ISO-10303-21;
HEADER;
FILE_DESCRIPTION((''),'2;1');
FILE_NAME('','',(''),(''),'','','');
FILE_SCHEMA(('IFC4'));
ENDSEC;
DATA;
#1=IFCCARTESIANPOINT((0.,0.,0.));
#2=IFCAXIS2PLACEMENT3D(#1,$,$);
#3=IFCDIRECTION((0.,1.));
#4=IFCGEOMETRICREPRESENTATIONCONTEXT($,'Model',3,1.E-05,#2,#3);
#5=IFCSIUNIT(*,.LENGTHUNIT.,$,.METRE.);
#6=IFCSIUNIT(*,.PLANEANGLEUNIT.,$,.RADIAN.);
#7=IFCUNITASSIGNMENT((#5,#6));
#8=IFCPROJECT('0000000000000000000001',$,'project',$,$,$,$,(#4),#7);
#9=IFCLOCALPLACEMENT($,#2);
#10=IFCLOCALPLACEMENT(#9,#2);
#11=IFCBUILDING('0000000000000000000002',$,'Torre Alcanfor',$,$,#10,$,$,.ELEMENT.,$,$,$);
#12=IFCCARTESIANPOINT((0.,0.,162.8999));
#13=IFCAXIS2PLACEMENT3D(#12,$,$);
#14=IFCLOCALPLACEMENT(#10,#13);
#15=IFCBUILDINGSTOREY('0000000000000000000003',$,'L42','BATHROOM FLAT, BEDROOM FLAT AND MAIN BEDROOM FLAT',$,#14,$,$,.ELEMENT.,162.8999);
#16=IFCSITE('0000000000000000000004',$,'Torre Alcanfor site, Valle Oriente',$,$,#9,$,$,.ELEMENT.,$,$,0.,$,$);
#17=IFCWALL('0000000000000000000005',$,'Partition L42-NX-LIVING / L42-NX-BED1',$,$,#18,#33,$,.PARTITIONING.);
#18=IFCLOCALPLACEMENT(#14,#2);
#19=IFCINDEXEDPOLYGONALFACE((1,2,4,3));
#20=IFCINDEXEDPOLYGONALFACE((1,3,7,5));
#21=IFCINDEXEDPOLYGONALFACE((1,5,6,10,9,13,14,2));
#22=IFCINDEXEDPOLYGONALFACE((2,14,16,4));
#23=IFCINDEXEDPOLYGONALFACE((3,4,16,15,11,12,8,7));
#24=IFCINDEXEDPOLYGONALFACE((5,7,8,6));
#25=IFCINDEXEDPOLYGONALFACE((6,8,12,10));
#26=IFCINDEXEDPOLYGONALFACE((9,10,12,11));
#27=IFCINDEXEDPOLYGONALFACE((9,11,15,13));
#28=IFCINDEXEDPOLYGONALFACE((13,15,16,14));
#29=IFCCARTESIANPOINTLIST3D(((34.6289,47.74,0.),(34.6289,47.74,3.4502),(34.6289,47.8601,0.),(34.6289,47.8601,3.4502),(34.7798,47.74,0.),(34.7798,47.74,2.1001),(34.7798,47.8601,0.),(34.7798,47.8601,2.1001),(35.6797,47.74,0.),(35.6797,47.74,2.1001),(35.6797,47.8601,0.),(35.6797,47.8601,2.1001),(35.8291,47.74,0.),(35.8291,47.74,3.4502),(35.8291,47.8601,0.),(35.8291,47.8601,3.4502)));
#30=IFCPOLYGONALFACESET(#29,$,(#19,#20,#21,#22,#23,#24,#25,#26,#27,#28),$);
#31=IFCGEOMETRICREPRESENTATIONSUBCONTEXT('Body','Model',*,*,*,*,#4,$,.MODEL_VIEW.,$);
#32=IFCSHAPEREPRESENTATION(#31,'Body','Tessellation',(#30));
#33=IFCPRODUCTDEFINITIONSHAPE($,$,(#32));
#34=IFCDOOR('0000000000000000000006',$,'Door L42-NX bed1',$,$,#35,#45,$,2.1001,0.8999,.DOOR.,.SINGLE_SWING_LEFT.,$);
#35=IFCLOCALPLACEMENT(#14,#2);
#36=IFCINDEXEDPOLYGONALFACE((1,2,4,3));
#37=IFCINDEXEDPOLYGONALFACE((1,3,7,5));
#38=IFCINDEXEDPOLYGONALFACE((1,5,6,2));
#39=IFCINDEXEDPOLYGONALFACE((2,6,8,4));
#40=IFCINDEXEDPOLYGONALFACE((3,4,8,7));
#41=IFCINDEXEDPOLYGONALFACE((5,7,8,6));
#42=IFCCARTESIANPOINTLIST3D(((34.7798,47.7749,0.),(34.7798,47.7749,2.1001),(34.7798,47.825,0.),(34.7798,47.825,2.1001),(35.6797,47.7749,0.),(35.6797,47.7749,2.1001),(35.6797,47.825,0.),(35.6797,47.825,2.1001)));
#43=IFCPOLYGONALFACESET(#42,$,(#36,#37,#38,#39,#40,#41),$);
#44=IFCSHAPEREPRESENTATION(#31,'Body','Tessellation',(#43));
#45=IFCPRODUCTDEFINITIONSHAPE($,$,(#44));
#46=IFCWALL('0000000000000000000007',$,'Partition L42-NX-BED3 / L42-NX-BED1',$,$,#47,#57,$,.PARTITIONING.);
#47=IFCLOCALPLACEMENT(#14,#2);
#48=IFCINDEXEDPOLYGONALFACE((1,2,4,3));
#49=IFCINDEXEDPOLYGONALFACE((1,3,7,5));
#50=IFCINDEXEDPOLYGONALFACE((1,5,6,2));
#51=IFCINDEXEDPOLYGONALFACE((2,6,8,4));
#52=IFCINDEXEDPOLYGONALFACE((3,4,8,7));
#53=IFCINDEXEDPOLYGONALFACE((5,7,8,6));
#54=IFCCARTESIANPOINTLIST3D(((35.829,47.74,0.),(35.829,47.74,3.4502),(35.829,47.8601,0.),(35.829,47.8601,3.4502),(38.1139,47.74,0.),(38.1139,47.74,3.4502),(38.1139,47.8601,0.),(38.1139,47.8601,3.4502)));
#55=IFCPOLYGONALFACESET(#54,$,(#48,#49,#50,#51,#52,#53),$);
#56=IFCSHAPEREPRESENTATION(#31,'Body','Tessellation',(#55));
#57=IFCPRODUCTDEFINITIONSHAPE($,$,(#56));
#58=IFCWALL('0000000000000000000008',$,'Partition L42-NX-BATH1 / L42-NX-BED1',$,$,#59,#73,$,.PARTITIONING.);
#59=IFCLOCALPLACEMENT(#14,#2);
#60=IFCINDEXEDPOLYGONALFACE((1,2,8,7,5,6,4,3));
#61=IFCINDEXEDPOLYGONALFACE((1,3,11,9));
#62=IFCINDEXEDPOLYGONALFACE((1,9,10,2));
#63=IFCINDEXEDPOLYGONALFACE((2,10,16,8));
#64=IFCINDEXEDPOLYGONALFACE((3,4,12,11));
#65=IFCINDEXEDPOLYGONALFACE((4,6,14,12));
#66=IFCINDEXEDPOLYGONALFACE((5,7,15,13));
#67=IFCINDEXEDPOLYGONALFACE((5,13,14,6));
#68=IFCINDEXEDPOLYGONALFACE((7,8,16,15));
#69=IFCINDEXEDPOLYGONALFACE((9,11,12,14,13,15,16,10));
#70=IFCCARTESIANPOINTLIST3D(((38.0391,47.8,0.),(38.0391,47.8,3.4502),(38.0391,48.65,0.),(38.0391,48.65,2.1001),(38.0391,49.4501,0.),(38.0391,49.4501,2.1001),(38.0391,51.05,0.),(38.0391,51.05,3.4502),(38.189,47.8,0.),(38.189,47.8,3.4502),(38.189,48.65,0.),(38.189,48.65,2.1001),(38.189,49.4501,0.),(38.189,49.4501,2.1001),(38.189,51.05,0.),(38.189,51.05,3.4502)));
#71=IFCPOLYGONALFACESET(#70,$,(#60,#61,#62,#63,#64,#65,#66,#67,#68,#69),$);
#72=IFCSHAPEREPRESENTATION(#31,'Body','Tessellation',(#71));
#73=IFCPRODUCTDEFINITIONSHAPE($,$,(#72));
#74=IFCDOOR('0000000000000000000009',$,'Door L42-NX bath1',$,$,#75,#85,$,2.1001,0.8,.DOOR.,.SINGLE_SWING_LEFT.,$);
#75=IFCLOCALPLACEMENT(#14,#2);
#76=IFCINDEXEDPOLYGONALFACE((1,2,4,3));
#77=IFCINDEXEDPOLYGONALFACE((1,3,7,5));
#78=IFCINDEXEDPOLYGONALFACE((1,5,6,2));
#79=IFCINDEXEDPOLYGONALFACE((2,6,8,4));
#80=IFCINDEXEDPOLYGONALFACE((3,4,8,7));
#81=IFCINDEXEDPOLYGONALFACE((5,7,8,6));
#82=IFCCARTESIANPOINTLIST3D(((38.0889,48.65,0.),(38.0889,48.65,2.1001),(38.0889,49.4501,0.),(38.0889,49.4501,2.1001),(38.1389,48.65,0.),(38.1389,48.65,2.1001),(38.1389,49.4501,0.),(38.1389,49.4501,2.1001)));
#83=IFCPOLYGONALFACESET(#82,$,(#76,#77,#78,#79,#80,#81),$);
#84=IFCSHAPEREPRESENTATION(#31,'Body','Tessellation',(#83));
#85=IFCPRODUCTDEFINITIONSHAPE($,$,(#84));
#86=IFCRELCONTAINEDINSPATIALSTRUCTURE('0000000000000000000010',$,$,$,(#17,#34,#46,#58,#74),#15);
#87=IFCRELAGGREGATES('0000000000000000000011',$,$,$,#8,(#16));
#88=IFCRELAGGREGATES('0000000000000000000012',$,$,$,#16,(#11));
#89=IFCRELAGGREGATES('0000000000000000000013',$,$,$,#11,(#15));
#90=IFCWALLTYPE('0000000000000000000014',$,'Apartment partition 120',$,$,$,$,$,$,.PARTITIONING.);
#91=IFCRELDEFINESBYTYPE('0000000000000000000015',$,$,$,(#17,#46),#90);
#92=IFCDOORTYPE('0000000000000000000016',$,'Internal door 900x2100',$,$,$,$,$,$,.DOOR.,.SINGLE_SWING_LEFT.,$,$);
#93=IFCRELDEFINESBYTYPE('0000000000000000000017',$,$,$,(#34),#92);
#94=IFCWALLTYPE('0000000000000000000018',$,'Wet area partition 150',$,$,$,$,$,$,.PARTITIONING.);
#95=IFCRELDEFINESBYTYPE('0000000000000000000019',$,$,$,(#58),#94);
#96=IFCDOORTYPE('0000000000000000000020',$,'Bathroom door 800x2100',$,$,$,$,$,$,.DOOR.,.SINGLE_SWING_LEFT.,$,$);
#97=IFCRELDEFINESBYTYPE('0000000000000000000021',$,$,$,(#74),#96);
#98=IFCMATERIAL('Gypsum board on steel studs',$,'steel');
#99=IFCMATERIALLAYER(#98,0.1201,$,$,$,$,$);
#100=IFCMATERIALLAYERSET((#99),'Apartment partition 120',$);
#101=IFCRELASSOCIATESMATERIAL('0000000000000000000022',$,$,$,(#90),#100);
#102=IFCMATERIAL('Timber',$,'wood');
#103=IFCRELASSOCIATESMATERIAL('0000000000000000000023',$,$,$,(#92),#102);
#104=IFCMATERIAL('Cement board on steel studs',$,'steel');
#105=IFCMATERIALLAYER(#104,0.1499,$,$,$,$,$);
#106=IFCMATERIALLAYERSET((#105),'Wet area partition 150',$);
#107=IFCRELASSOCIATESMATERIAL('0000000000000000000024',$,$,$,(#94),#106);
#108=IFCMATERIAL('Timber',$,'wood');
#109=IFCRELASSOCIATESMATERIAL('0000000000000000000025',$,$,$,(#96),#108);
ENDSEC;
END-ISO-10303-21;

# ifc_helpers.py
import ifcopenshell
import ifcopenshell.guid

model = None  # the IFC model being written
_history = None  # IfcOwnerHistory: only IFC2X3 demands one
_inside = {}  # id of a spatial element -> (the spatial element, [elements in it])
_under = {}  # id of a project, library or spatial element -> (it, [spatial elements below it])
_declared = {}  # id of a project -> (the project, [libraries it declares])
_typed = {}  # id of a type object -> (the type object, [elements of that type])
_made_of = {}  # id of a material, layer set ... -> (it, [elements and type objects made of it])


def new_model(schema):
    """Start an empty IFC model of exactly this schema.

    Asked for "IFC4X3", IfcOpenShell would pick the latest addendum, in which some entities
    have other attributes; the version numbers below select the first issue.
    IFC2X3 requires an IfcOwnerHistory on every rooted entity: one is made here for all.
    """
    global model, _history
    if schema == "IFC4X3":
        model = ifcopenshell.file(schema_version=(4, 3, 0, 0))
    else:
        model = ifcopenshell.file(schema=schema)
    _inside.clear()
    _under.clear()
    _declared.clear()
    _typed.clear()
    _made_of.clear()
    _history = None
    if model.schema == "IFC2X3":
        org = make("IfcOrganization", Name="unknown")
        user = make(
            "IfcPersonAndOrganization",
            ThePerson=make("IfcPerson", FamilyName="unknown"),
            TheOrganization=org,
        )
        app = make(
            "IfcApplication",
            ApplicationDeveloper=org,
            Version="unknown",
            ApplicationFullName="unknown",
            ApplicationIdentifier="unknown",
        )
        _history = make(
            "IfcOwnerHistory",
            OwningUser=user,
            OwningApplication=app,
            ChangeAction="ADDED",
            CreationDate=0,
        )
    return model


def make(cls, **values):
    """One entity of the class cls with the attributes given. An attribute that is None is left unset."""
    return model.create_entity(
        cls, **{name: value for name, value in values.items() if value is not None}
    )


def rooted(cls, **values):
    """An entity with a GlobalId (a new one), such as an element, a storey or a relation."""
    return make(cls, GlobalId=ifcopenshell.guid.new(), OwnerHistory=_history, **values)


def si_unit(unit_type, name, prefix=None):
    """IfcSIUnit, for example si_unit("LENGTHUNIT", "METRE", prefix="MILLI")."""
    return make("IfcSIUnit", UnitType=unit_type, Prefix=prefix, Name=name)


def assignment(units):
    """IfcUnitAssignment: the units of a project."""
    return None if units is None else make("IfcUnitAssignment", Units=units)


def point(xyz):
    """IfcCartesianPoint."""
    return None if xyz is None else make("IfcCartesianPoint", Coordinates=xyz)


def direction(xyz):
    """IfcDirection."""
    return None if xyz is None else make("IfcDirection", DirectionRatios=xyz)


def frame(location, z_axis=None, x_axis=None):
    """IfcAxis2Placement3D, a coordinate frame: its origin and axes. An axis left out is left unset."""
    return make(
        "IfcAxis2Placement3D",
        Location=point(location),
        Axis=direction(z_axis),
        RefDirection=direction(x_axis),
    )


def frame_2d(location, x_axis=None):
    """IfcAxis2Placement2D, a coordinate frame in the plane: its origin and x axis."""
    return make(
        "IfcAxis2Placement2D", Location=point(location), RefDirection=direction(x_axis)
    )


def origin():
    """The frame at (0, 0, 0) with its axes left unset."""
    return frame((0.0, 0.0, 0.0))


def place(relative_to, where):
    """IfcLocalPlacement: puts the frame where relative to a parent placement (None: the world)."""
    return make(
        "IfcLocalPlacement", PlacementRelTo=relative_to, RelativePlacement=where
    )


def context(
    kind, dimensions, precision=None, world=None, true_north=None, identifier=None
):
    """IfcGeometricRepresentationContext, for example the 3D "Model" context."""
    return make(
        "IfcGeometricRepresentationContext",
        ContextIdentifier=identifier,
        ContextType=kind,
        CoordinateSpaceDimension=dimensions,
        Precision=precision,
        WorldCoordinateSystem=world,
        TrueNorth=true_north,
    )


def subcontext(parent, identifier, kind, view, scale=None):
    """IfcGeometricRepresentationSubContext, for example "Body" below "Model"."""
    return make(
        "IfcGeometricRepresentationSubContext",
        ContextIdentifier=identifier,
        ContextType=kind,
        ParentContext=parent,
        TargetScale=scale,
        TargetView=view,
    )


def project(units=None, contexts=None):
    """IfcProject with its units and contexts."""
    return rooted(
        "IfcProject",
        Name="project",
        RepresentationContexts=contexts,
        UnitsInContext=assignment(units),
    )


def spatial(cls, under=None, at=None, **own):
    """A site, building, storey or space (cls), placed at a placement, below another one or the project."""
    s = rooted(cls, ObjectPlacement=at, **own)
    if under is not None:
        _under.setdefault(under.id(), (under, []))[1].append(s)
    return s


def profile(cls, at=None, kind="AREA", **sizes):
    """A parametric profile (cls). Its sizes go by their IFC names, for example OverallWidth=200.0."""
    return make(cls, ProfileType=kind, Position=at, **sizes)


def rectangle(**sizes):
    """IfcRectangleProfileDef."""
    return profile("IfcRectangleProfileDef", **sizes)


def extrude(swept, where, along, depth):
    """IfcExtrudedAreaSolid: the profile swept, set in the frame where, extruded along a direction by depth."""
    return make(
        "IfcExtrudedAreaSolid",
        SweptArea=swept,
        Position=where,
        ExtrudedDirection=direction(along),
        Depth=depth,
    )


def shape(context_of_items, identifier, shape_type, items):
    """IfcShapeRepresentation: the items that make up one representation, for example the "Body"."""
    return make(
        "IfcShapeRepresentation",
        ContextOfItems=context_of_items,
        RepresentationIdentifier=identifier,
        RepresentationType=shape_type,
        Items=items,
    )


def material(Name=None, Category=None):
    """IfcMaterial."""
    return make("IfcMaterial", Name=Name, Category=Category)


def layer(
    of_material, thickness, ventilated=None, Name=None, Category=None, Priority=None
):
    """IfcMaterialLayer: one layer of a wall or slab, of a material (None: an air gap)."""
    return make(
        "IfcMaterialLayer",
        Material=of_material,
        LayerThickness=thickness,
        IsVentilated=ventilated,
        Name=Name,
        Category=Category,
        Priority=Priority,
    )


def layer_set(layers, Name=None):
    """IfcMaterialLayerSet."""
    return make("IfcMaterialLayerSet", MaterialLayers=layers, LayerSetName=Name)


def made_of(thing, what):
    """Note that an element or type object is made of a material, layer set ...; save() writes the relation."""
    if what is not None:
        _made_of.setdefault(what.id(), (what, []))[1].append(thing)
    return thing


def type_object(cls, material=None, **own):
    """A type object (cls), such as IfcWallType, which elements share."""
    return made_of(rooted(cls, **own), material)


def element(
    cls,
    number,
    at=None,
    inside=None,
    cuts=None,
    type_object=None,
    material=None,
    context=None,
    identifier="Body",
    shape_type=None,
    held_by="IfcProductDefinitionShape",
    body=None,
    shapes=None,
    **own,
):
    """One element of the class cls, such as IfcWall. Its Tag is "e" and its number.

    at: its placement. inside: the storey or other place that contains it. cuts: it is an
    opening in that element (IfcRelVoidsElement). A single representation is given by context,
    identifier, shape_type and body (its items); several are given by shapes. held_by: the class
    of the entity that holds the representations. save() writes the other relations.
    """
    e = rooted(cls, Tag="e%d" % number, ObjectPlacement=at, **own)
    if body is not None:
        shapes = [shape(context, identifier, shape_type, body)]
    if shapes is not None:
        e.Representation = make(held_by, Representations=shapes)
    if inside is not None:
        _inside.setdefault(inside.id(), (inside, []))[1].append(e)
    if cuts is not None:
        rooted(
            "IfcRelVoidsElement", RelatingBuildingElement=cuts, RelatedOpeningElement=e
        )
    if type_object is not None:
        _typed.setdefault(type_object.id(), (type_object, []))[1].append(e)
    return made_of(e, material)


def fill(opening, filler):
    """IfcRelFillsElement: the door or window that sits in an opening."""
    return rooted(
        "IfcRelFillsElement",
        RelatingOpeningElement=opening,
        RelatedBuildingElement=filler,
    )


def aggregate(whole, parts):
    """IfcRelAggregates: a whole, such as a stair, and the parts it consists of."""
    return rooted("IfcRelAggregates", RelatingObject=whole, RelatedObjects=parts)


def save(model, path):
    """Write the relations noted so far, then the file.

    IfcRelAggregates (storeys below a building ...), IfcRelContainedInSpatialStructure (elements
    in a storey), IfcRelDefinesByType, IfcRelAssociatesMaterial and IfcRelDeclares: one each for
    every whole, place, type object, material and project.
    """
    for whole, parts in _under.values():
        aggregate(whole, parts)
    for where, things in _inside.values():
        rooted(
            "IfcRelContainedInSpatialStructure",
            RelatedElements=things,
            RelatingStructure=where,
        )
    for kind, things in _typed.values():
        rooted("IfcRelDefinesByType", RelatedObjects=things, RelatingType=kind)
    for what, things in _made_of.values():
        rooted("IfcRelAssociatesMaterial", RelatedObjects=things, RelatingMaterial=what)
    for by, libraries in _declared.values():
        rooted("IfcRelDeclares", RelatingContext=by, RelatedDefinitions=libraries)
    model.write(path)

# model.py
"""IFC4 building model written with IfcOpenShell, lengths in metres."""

from ifc_helpers import new_model, si_unit, direction, frame, frame_2d, origin, place, context, subcontext, project, spatial, rectangle, extrude, material, layer, layer_set, type_object, element, fill, save


model = new_model("IFC4")

# Units and contexts
model_context = context("Model", 3, precision=1e-05, world=origin(), true_north=direction((0.0, 1.0)))
body_context = subcontext(model_context, "Body", "Model", "MODEL_VIEW")
ifc_project = project(units=[si_unit("LENGTHUNIT", "METRE"), si_unit("PLANEANGLEUNIT", "RADIAN")], contexts=[model_context])

# Site, building, storey
site_placement = place(None, origin())
site = spatial("IfcSite", under=ifc_project, at=site_placement, Name="Torre Alcanfor site, Valle Oriente", CompositionType="ELEMENT", RefElevation=0.0)
building_placement = place(site_placement, origin())
building = spatial("IfcBuilding", under=site, at=building_placement, Name="Torre Alcanfor", CompositionType="ELEMENT")
storey_placement = place(building_placement, frame((0.0, 0.0, 162.8999)))
storey = spatial("IfcBuildingStorey", under=building, at=storey_placement, Name="L42", Description="BATHROOM FLAT, BEDROOM FLAT AND MAIN BEDROOM FLAT", CompositionType="ELEMENT", Elevation=162.8999)

# Shared definitions
ifc_material_1 = material(Name="Gypsum board on steel studs", Category="steel")
ifc_layer_1 = layer(ifc_material_1, 0.1201)
ifc_layer_set_1 = layer_set([ifc_layer_1], Name="Apartment partition 120")
wall_type_1 = type_object("IfcWallType", Name="Apartment partition 120", PredefinedType="PARTITIONING", material=ifc_layer_set_1)
ifc_material_2 = material(Name="Timber", Category="wood")
door_type_1 = type_object("IfcDoorType", Name="Internal door 900x2100", OperationType="SINGLE_SWING_LEFT", PredefinedType="DOOR", material=ifc_material_2)

# Wall, opening, door
wall_1_placement = place(storey_placement, frame((34.6289, 47.8, 0.0), z_axis=(0.0, 0.0, 1.0), x_axis=(1.0, 0.0, 0.0)))
wall_1 = element("IfcWall", 1, at=wall_1_placement, inside=storey, type_object=wall_type_1, Name="Partition L42-NX-LIVING / L42-NX-BED1", PredefinedType="PARTITIONING", context=body_context, shape_type="SweptSolid", body=[
    extrude(rectangle(XDim=1.2002, YDim=0.1201, at=frame_2d((0.6001, 0.0))), origin(), (0.0, 0.0, 1.0), 3.4502),
])
opening_1_placement = place(wall_1_placement, frame((0.1509, 0.0, 0.0)))
opening_1 = element("IfcOpeningElement", 2, at=opening_1_placement, cuts=wall_1, PredefinedType="OPENING", context=body_context, shape_type="SweptSolid", body=[
    extrude(rectangle(XDim=0.8999, YDim=2.1001, at=frame_2d((0.45, 1.05))), frame((0.0, 0.0701, 0.0), z_axis=(0.0, -1.0, 0.0), x_axis=(1.0, 0.0, 0.0)), (0.0, 0.0, 1.0), 0.1401),
])
door_1_placement = place(opening_1_placement, origin())
door_1 = element("IfcDoor", 3, at=door_1_placement, inside=storey, type_object=door_type_1, Name="Door L42-NX bed1", OperationType="SINGLE_SWING_LEFT", OverallHeight=2.1001, OverallWidth=0.8999, PredefinedType="DOOR", context=body_context, shape_type="SweptSolid", body=[
    extrude(rectangle(XDim=0.8999, YDim=2.1001, at=frame_2d((0.45, 1.05))), frame((0.0, 0.0249, 0.0), z_axis=(0.0, -1.0, 0.0), x_axis=(1.0, 0.0, 0.0)), (0.0, 0.0, 1.0), 0.05),
])
fill(opening_1, door_1)

# Wall
wall_2_placement = place(storey_placement, frame((38.114, 47.8, 0.0), z_axis=(0.0, 0.0, 1.0), x_axis=(-1.0, 0.0, 0.0)))
element("IfcWall", 4, at=wall_2_placement, inside=storey, type_object=wall_type_1, Name="Partition L42-NX-BED3 / L42-NX-BED1", PredefinedType="PARTITIONING", context=body_context, shape_type="SweptSolid", body=[
    extrude(rectangle(XDim=2.2849, YDim=0.1201, at=frame_2d((1.1426, 0.0))), origin(), (0.0, 0.0, 1.0), 3.4502),
])

# Wall, opening, door
ifc_material_3 = material(Name="Cement board on steel studs", Category="steel")
ifc_layer_2 = layer(ifc_material_3, 0.1499)
ifc_layer_set_2 = layer_set([ifc_layer_2], Name="Wet area partition 150")
wall_type_2 = type_object("IfcWallType", Name="Wet area partition 150", PredefinedType="PARTITIONING", material=ifc_layer_set_2)
wall_3_placement = place(storey_placement, frame((38.114, 51.05, 0.0), z_axis=(0.0, 0.0, 1.0), x_axis=(0.0, -1.0, 0.0)))
wall_3 = element("IfcWall", 5, at=wall_3_placement, inside=storey, type_object=wall_type_2, Name="Partition L42-NX-BATH1 / L42-NX-BED1", PredefinedType="PARTITIONING", context=body_context, shape_type="SweptSolid", body=[
    extrude(rectangle(XDim=3.25, YDim=0.1499, at=frame_2d((1.625, 0.0))), origin(), (0.0, 0.0, 1.0), 3.4502),
])
opening_2_placement = place(wall_3_placement, frame((1.6001, 0.0, 0.0)))
opening_2 = element("IfcOpeningElement", 6, at=opening_2_placement, cuts=wall_3, PredefinedType="OPENING", context=body_context, shape_type="SweptSolid", body=[
    extrude(rectangle(XDim=0.8, YDim=2.1001, at=frame_2d((0.3999, 1.05))), frame((0.0, 0.085, 0.0), z_axis=(0.0, -1.0, 0.0), x_axis=(1.0, 0.0, 0.0)), (0.0, 0.0, 1.0), 0.1699),
])
ifc_material_4 = material(Name="Timber", Category="wood")
door_type_2 = type_object("IfcDoorType", Name="Bathroom door 800x2100", OperationType="SINGLE_SWING_LEFT", PredefinedType="DOOR", material=ifc_material_4)
door_2_placement = place(opening_2_placement, frame((0.8, 0.0, 0.0), z_axis=(0.0, 0.0, 1.0), x_axis=(-1.0, 0.0, 0.0)))
door_2 = element("IfcDoor", 7, at=door_2_placement, inside=storey, type_object=door_type_2, Name="Door L42-NX bath1", OperationType="SINGLE_SWING_LEFT", OverallHeight=2.1001, OverallWidth=0.8, PredefinedType="DOOR", context=body_context, shape_type="SweptSolid", body=[
    extrude(rectangle(XDim=0.8, YDim=2.1001, at=frame_2d((0.4001, 1.05))), frame((0.0, 0.0251, 0.0), z_axis=(0.0, -1.0, 0.0), x_axis=(1.0, 0.0, 0.0)), (0.0, 0.0, 1.0), 0.05),
])
fill(opening_2, door_2)

save(model, "model.ifc")
